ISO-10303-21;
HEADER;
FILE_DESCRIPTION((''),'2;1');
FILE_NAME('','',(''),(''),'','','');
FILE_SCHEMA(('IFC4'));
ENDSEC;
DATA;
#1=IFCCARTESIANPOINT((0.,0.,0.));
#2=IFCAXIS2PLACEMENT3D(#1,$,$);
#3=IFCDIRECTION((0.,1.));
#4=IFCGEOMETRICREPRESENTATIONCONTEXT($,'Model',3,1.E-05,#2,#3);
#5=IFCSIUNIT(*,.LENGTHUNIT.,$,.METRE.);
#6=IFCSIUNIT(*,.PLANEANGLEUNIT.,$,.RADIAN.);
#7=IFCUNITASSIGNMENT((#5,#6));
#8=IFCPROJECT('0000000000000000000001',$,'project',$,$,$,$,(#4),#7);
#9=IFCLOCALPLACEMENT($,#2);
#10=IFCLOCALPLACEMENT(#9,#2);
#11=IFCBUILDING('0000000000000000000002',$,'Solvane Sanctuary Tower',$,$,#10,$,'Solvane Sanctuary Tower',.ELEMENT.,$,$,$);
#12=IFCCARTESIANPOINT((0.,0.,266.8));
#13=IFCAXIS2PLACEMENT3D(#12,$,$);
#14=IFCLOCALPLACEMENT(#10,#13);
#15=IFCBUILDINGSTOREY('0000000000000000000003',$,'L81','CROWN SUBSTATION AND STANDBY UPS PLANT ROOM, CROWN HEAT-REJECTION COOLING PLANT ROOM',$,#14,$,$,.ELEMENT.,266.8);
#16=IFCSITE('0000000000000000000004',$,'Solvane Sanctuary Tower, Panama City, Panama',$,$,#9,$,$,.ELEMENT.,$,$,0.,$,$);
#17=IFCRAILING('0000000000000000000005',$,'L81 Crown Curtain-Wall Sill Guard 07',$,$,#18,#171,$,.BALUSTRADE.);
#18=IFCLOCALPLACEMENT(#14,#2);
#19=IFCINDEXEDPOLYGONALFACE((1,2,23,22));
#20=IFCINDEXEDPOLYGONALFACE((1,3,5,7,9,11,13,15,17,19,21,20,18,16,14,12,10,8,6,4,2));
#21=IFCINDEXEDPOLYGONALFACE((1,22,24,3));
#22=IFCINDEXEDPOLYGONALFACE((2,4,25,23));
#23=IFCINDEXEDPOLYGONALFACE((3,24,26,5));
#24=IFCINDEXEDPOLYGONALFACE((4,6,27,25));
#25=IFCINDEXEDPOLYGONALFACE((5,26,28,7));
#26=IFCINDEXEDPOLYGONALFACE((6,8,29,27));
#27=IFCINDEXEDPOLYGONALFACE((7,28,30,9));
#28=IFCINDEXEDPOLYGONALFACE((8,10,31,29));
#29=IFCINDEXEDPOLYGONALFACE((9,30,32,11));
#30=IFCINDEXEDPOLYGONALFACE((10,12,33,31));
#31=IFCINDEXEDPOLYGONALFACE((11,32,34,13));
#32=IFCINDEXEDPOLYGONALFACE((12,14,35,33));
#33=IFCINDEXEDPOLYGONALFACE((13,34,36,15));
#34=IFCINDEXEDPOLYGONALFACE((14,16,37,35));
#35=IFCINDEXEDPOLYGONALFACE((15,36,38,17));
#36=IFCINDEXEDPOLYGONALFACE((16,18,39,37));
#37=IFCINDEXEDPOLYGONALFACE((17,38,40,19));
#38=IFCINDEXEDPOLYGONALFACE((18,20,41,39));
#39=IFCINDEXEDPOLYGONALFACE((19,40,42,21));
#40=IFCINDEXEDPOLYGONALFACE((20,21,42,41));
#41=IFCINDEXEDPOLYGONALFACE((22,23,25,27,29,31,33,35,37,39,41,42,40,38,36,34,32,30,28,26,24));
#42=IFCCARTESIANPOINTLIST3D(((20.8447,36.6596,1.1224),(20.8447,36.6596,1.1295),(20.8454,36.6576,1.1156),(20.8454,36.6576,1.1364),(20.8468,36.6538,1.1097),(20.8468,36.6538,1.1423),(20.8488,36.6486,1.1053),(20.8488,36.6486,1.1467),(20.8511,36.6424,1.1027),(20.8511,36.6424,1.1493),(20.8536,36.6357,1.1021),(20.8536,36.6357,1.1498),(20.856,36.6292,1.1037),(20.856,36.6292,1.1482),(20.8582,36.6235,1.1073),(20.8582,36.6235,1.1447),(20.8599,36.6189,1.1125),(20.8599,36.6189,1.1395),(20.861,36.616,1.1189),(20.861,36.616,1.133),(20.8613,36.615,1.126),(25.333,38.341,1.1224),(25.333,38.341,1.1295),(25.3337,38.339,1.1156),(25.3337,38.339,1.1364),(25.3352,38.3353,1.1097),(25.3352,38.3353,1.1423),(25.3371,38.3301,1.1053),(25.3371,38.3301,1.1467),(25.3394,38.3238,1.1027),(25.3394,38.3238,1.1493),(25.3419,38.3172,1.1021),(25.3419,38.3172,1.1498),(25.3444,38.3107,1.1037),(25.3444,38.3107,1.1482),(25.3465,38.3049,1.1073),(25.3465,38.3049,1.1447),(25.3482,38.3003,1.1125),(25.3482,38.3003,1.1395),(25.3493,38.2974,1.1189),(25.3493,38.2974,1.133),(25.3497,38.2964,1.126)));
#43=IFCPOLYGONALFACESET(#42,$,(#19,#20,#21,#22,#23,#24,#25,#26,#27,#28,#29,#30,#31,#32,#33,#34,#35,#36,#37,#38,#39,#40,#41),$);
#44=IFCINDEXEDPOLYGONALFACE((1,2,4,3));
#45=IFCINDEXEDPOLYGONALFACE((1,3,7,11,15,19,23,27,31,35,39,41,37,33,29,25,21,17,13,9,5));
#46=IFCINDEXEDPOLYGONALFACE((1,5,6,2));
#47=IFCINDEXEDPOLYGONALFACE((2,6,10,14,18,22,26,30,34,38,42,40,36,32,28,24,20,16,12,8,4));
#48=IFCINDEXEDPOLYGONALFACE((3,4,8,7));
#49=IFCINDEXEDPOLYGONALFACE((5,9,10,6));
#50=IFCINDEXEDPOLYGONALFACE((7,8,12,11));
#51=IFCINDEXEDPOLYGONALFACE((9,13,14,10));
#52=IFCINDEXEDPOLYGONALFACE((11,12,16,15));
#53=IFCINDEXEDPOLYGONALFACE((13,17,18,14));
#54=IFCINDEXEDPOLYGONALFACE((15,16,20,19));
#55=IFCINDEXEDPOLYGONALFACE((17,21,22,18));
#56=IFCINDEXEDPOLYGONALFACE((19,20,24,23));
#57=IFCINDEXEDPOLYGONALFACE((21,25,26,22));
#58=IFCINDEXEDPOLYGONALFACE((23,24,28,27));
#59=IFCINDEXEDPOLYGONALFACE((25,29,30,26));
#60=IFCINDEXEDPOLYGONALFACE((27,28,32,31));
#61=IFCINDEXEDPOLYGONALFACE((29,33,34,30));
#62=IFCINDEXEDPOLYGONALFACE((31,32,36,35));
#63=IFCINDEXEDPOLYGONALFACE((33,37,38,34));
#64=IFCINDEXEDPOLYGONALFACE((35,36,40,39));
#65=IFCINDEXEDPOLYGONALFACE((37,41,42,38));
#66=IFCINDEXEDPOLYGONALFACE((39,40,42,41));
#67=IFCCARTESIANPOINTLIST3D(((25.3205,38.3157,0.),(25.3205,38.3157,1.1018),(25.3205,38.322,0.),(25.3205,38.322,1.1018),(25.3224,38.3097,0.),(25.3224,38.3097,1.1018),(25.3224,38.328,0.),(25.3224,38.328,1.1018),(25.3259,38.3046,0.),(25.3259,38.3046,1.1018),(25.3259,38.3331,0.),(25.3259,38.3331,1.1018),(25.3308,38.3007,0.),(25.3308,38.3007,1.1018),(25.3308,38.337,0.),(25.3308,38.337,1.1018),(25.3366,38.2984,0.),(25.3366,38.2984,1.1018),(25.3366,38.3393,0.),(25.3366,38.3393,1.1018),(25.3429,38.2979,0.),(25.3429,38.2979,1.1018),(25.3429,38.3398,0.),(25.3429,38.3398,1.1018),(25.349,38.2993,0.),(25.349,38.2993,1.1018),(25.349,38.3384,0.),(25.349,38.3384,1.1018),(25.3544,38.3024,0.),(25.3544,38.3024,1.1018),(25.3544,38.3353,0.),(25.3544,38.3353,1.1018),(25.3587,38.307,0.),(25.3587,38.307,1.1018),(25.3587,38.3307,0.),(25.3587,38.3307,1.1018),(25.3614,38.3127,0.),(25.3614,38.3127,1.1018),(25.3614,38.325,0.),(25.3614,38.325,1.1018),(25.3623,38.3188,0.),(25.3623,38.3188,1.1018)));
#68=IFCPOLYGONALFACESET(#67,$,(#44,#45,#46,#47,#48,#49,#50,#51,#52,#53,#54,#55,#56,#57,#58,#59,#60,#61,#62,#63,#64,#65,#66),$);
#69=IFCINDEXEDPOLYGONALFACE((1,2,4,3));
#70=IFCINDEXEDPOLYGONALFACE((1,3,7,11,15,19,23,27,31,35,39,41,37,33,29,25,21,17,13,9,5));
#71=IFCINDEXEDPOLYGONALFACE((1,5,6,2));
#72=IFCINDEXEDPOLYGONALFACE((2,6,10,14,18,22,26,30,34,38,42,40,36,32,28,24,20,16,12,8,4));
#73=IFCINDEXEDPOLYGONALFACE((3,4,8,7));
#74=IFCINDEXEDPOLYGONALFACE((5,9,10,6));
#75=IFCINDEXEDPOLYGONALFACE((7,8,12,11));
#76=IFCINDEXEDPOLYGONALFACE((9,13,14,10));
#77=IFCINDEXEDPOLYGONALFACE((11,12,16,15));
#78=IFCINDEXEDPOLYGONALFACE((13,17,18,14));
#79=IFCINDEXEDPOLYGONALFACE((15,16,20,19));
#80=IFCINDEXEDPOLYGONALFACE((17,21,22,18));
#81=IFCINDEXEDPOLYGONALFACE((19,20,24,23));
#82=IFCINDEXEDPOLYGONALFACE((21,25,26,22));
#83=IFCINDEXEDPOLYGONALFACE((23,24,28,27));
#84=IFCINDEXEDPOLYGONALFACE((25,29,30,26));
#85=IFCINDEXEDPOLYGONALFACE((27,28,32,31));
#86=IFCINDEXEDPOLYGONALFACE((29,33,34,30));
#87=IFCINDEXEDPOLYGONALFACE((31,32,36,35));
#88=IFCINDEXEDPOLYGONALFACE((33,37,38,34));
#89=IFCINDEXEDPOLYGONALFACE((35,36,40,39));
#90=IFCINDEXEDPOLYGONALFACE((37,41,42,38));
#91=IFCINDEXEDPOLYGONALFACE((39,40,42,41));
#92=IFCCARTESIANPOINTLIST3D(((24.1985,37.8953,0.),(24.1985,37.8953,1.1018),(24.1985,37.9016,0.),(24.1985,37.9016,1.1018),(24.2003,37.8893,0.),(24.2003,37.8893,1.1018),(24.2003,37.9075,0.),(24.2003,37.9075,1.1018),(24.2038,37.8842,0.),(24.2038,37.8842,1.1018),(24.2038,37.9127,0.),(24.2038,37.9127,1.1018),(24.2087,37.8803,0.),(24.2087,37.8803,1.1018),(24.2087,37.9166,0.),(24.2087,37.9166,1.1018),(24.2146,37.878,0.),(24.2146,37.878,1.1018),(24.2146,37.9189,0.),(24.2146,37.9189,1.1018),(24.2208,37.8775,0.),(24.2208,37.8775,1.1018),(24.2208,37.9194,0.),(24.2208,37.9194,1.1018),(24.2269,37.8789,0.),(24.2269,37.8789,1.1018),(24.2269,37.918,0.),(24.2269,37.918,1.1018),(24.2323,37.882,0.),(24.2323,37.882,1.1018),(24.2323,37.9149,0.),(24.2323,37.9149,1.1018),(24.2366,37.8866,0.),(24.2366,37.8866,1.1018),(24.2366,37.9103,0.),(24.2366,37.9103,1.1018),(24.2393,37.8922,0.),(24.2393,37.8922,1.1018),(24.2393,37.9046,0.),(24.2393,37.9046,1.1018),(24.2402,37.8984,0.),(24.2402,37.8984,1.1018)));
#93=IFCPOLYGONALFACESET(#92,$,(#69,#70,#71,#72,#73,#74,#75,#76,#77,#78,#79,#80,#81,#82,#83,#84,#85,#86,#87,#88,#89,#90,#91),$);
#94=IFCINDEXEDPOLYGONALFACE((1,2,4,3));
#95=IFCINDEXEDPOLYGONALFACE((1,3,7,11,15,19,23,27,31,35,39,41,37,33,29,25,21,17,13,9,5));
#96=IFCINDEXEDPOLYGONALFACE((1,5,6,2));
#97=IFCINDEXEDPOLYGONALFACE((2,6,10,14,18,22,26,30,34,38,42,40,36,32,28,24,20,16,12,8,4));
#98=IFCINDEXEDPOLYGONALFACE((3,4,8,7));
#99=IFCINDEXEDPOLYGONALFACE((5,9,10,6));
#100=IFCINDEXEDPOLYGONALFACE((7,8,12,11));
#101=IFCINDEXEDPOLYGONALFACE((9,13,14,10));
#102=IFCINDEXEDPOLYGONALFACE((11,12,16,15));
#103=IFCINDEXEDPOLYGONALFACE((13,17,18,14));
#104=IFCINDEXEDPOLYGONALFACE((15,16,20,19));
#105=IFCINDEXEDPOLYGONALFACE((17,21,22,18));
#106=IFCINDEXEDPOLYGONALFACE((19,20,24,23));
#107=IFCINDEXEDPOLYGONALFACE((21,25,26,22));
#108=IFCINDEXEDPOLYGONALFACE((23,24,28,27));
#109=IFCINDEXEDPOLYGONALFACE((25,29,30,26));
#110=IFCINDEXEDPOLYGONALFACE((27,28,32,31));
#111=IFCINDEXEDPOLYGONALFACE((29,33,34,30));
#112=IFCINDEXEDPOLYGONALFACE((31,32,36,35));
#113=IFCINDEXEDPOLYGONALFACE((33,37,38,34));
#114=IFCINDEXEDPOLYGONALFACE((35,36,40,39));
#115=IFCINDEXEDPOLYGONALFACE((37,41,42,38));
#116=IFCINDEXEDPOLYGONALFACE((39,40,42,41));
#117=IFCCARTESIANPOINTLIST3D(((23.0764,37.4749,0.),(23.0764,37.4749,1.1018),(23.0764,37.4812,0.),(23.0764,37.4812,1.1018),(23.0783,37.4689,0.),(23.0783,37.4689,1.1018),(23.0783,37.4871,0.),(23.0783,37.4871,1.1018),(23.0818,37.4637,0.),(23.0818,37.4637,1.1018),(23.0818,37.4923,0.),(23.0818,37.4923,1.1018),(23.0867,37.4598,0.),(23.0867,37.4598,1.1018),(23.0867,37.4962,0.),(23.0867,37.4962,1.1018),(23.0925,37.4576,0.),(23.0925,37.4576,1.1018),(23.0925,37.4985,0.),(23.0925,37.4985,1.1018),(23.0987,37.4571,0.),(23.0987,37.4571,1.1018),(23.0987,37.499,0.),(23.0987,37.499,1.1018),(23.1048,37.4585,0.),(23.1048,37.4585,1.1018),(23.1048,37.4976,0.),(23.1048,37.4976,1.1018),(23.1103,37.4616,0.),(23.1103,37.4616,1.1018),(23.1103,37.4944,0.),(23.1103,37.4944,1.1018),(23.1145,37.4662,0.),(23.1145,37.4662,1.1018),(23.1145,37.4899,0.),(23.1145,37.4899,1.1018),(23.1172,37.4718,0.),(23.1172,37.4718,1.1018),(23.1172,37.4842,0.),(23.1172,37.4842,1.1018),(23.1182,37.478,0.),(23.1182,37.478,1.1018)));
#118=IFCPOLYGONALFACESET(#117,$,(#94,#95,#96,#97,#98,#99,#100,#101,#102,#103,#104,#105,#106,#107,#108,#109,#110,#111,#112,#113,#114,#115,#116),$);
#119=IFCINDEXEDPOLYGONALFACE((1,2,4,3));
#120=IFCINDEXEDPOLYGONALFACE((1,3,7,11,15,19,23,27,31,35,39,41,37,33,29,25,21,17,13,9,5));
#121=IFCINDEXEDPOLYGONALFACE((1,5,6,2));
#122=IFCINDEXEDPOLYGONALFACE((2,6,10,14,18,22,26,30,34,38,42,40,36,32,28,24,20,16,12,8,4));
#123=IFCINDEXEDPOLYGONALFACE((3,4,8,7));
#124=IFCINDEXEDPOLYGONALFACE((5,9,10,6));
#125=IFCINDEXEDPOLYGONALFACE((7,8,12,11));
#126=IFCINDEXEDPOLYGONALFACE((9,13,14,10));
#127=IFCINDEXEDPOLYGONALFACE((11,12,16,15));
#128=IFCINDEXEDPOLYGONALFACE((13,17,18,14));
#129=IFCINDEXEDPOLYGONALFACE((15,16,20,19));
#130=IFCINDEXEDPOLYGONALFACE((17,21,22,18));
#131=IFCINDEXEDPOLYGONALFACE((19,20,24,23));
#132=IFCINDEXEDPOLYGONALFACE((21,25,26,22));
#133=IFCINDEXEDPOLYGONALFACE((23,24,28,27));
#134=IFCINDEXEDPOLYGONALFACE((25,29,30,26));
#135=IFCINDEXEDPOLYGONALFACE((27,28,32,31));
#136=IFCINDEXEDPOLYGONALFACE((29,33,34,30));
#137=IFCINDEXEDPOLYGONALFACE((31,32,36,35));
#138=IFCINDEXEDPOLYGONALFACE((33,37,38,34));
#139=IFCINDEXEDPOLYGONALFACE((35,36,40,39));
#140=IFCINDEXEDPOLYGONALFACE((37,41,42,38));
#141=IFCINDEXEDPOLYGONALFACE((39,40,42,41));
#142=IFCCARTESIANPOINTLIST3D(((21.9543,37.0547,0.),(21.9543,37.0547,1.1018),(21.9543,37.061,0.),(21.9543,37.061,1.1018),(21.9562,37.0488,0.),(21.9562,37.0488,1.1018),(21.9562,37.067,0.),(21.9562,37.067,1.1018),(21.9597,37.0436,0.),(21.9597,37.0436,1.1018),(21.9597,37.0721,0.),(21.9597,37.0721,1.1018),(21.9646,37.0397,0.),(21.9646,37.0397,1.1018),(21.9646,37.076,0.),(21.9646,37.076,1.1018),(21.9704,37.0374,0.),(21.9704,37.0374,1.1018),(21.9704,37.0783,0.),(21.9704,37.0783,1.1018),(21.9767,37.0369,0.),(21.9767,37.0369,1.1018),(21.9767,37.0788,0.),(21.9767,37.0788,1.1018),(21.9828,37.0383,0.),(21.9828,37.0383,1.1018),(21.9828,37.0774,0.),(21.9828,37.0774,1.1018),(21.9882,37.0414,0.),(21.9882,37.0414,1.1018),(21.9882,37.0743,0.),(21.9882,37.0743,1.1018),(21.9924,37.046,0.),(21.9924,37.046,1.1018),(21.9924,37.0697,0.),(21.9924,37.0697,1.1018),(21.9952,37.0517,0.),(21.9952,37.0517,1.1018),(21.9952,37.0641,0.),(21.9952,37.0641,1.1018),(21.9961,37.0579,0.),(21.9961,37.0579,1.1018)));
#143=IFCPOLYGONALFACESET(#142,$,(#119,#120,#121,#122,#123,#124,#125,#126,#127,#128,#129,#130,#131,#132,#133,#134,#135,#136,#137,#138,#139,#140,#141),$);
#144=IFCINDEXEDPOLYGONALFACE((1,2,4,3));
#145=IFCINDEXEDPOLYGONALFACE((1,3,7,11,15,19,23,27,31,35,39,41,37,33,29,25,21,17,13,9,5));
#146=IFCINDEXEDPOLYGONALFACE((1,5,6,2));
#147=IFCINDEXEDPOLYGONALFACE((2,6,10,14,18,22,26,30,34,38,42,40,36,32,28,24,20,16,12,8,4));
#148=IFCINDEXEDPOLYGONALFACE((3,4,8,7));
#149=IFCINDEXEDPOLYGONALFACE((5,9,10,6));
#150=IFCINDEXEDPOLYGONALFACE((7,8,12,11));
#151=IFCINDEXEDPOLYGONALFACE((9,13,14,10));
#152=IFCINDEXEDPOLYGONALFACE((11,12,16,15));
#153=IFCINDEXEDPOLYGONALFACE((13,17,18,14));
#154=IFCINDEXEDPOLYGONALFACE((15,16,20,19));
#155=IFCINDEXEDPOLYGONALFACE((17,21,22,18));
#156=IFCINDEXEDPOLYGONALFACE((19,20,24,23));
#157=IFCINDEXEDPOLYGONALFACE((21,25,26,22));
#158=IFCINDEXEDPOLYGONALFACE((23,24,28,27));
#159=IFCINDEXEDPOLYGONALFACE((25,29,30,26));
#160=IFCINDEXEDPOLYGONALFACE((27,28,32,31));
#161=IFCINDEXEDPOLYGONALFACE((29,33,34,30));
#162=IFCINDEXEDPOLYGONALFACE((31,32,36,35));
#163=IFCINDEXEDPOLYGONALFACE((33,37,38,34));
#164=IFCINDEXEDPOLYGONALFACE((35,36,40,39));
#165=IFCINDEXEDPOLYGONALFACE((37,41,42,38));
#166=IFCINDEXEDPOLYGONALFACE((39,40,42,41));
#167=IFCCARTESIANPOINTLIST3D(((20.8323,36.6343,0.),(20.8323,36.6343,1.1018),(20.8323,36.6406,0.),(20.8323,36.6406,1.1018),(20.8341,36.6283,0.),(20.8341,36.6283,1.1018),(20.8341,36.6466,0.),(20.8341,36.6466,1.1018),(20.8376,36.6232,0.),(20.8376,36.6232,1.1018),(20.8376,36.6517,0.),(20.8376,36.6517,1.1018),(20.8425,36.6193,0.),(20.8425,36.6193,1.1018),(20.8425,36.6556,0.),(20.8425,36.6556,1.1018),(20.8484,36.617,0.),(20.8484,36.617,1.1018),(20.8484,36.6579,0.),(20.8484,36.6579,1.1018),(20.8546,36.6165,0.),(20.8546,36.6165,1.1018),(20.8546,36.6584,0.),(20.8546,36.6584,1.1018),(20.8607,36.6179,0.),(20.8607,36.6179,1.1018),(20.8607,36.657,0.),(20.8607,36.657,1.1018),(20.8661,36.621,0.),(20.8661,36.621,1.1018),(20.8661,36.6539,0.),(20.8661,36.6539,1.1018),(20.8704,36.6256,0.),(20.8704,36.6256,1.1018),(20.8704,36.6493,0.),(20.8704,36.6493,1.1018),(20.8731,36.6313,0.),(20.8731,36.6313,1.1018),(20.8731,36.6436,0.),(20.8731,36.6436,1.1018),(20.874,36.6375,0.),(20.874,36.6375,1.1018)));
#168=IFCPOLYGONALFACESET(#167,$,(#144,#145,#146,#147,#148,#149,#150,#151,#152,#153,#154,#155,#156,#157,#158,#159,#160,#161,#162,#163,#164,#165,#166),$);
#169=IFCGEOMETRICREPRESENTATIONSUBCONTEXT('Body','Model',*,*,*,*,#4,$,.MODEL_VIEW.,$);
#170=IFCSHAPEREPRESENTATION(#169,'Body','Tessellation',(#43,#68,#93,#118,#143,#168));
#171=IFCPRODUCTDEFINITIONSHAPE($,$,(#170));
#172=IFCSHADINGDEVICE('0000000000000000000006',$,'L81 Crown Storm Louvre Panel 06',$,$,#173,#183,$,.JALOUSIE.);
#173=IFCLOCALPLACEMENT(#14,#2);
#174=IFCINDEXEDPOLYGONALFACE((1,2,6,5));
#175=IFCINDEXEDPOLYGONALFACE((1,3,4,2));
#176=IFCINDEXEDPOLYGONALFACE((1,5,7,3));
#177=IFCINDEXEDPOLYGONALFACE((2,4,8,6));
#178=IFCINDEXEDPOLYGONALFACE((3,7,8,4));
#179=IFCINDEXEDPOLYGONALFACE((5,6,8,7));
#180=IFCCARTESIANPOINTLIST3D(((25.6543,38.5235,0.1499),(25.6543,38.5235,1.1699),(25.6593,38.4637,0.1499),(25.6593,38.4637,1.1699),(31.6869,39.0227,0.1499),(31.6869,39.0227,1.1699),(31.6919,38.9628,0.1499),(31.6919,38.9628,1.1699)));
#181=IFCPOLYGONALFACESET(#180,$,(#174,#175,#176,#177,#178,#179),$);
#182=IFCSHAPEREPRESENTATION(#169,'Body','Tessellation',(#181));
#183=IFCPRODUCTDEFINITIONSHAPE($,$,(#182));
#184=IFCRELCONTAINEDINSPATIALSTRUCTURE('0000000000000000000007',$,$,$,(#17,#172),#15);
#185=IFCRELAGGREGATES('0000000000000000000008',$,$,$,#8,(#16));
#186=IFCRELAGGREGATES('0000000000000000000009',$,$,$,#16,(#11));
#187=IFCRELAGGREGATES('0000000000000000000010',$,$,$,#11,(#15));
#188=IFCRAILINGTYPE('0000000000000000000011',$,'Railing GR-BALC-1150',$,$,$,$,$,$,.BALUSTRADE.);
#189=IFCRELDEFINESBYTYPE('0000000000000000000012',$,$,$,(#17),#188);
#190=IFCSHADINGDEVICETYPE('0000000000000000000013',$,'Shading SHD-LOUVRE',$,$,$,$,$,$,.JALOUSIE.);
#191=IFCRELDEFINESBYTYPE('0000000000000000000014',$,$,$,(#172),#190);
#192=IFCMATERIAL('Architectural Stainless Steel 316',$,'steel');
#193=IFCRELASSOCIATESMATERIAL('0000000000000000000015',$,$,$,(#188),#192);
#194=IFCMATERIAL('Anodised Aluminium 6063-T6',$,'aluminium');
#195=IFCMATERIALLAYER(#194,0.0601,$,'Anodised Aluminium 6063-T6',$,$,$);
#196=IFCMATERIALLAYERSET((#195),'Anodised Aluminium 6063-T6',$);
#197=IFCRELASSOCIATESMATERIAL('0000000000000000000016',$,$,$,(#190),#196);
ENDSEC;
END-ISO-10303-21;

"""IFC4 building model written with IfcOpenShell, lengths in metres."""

from ifc_helpers import new_model, si_unit, direction, frame, origin, origin_2d, place, context, subcontext, project, spatial, rectangle, circle, extrude, material, layer, layer_set, type_object, element, save


model = new_model("IFC4")

# Units and contexts
model_context = context("Model", 3, precision=1e-05, world=origin(), true_north=direction((0.0, 1.0)))
body_context = subcontext(model_context, "Body", "Model", "MODEL_VIEW")
ifc_project = project(units=[si_unit("LENGTHUNIT", "METRE"), si_unit("PLANEANGLEUNIT", "RADIAN")], contexts=[model_context])

# Site, building, storey
site_placement = place(None, origin())
site = spatial("IfcSite", under=ifc_project, at=site_placement, Name="Solvane Sanctuary Tower, Panama City, Panama", CompositionType="ELEMENT", RefElevation=0.0)
building_placement = place(site_placement, origin())
building = spatial("IfcBuilding", under=site, at=building_placement, Name="Solvane Sanctuary Tower", LongName="Solvane Sanctuary Tower", CompositionType="ELEMENT")
storey_placement = place(building_placement, frame((0.0, 0.0, 266.8)))
storey = spatial("IfcBuildingStorey", under=building, at=storey_placement, Name="L81", Description="CROWN SUBSTATION AND STANDBY UPS PLANT ROOM, CROWN HEAT-REJECTION COOLING PLANT ROOM", CompositionType="ELEMENT", Elevation=266.8)

# Shared definitions
ifc_material_1 = material(Name="Anodised Aluminium 6063-T6", Category="aluminium")

# Shared definitions
ifc_material_2 = material(Name="Architectural Stainless Steel 316", Category="steel")

# Railing
railing_type = type_object("IfcRailingType", Name="Railing GR-BALC-1150", PredefinedType="BALUSTRADE", material=ifc_material_2)
railing_placement = place(storey_placement, frame((25.3413, 38.3188, 0.0)))
element("IfcRailing", 1, at=railing_placement, inside=storey, type_object=railing_type, Name="L81 Crown Curtain-Wall Sill Guard 07", PredefinedType="BALUSTRADE", context=body_context, shape_type="SweptSolid", body=[
    extrude(circle(Radius=0.0239, at=origin_2d()), frame((0.0, 0.0, 1.126), z_axis=(-0.936446, -0.350811, 0.0), x_axis=(0.350811, -0.936446, 0.0)), (0.0, 0.0, 1.0), 4.793),
    extrude(circle(Radius=0.021, at=origin_2d()), origin(), (0.0, 0.0, 1.0), 1.1018),
    extrude(circle(Radius=0.021, at=origin_2d()), frame((-1.1221, -0.4204, 0.0)), (0.0, 0.0, 1.0), 1.1018),
    extrude(circle(Radius=0.021, at=origin_2d()), frame((-2.2441, -0.8408, 0.0)), (0.0, 0.0, 1.0), 1.1018),
    extrude(circle(Radius=0.021, at=origin_2d()), frame((-3.3662, -1.261, 0.0)), (0.0, 0.0, 1.0), 1.1018),
    extrude(circle(Radius=0.021, at=origin_2d()), frame((-4.4883, -1.6814, 0.0)), (0.0, 0.0, 1.0), 1.1018),
])

# Shading device
ifc_layer_1 = layer(ifc_material_1, 0.0601, Name="Anodised Aluminium 6063-T6")
ifc_layer_set_1 = layer_set([ifc_layer_1], Name="Anodised Aluminium 6063-T6")
shading_device_type = type_object("IfcShadingDeviceType", Name="Shading SHD-LOUVRE", PredefinedType="JALOUSIE", material=ifc_layer_set_1)
shading_device_placement = place(storey_placement, frame((28.6731, 38.7432, 0.1499), z_axis=(0.0, 0.0, 1.0), x_axis=(-0.996595, -0.082455, 0.0)))
element("IfcShadingDevice", 2, at=shading_device_placement, inside=storey, type_object=shading_device_type, Name="L81 Crown Storm Louvre Panel 06", PredefinedType="JALOUSIE", context=body_context, shape_type="SweptSolid", body=[
    extrude(rectangle(XDim=6.0532, YDim=0.0601, at=origin_2d()), origin(), (0.0, 0.0, 1.0), 1.02),
])

save(model, "model.ifc")
